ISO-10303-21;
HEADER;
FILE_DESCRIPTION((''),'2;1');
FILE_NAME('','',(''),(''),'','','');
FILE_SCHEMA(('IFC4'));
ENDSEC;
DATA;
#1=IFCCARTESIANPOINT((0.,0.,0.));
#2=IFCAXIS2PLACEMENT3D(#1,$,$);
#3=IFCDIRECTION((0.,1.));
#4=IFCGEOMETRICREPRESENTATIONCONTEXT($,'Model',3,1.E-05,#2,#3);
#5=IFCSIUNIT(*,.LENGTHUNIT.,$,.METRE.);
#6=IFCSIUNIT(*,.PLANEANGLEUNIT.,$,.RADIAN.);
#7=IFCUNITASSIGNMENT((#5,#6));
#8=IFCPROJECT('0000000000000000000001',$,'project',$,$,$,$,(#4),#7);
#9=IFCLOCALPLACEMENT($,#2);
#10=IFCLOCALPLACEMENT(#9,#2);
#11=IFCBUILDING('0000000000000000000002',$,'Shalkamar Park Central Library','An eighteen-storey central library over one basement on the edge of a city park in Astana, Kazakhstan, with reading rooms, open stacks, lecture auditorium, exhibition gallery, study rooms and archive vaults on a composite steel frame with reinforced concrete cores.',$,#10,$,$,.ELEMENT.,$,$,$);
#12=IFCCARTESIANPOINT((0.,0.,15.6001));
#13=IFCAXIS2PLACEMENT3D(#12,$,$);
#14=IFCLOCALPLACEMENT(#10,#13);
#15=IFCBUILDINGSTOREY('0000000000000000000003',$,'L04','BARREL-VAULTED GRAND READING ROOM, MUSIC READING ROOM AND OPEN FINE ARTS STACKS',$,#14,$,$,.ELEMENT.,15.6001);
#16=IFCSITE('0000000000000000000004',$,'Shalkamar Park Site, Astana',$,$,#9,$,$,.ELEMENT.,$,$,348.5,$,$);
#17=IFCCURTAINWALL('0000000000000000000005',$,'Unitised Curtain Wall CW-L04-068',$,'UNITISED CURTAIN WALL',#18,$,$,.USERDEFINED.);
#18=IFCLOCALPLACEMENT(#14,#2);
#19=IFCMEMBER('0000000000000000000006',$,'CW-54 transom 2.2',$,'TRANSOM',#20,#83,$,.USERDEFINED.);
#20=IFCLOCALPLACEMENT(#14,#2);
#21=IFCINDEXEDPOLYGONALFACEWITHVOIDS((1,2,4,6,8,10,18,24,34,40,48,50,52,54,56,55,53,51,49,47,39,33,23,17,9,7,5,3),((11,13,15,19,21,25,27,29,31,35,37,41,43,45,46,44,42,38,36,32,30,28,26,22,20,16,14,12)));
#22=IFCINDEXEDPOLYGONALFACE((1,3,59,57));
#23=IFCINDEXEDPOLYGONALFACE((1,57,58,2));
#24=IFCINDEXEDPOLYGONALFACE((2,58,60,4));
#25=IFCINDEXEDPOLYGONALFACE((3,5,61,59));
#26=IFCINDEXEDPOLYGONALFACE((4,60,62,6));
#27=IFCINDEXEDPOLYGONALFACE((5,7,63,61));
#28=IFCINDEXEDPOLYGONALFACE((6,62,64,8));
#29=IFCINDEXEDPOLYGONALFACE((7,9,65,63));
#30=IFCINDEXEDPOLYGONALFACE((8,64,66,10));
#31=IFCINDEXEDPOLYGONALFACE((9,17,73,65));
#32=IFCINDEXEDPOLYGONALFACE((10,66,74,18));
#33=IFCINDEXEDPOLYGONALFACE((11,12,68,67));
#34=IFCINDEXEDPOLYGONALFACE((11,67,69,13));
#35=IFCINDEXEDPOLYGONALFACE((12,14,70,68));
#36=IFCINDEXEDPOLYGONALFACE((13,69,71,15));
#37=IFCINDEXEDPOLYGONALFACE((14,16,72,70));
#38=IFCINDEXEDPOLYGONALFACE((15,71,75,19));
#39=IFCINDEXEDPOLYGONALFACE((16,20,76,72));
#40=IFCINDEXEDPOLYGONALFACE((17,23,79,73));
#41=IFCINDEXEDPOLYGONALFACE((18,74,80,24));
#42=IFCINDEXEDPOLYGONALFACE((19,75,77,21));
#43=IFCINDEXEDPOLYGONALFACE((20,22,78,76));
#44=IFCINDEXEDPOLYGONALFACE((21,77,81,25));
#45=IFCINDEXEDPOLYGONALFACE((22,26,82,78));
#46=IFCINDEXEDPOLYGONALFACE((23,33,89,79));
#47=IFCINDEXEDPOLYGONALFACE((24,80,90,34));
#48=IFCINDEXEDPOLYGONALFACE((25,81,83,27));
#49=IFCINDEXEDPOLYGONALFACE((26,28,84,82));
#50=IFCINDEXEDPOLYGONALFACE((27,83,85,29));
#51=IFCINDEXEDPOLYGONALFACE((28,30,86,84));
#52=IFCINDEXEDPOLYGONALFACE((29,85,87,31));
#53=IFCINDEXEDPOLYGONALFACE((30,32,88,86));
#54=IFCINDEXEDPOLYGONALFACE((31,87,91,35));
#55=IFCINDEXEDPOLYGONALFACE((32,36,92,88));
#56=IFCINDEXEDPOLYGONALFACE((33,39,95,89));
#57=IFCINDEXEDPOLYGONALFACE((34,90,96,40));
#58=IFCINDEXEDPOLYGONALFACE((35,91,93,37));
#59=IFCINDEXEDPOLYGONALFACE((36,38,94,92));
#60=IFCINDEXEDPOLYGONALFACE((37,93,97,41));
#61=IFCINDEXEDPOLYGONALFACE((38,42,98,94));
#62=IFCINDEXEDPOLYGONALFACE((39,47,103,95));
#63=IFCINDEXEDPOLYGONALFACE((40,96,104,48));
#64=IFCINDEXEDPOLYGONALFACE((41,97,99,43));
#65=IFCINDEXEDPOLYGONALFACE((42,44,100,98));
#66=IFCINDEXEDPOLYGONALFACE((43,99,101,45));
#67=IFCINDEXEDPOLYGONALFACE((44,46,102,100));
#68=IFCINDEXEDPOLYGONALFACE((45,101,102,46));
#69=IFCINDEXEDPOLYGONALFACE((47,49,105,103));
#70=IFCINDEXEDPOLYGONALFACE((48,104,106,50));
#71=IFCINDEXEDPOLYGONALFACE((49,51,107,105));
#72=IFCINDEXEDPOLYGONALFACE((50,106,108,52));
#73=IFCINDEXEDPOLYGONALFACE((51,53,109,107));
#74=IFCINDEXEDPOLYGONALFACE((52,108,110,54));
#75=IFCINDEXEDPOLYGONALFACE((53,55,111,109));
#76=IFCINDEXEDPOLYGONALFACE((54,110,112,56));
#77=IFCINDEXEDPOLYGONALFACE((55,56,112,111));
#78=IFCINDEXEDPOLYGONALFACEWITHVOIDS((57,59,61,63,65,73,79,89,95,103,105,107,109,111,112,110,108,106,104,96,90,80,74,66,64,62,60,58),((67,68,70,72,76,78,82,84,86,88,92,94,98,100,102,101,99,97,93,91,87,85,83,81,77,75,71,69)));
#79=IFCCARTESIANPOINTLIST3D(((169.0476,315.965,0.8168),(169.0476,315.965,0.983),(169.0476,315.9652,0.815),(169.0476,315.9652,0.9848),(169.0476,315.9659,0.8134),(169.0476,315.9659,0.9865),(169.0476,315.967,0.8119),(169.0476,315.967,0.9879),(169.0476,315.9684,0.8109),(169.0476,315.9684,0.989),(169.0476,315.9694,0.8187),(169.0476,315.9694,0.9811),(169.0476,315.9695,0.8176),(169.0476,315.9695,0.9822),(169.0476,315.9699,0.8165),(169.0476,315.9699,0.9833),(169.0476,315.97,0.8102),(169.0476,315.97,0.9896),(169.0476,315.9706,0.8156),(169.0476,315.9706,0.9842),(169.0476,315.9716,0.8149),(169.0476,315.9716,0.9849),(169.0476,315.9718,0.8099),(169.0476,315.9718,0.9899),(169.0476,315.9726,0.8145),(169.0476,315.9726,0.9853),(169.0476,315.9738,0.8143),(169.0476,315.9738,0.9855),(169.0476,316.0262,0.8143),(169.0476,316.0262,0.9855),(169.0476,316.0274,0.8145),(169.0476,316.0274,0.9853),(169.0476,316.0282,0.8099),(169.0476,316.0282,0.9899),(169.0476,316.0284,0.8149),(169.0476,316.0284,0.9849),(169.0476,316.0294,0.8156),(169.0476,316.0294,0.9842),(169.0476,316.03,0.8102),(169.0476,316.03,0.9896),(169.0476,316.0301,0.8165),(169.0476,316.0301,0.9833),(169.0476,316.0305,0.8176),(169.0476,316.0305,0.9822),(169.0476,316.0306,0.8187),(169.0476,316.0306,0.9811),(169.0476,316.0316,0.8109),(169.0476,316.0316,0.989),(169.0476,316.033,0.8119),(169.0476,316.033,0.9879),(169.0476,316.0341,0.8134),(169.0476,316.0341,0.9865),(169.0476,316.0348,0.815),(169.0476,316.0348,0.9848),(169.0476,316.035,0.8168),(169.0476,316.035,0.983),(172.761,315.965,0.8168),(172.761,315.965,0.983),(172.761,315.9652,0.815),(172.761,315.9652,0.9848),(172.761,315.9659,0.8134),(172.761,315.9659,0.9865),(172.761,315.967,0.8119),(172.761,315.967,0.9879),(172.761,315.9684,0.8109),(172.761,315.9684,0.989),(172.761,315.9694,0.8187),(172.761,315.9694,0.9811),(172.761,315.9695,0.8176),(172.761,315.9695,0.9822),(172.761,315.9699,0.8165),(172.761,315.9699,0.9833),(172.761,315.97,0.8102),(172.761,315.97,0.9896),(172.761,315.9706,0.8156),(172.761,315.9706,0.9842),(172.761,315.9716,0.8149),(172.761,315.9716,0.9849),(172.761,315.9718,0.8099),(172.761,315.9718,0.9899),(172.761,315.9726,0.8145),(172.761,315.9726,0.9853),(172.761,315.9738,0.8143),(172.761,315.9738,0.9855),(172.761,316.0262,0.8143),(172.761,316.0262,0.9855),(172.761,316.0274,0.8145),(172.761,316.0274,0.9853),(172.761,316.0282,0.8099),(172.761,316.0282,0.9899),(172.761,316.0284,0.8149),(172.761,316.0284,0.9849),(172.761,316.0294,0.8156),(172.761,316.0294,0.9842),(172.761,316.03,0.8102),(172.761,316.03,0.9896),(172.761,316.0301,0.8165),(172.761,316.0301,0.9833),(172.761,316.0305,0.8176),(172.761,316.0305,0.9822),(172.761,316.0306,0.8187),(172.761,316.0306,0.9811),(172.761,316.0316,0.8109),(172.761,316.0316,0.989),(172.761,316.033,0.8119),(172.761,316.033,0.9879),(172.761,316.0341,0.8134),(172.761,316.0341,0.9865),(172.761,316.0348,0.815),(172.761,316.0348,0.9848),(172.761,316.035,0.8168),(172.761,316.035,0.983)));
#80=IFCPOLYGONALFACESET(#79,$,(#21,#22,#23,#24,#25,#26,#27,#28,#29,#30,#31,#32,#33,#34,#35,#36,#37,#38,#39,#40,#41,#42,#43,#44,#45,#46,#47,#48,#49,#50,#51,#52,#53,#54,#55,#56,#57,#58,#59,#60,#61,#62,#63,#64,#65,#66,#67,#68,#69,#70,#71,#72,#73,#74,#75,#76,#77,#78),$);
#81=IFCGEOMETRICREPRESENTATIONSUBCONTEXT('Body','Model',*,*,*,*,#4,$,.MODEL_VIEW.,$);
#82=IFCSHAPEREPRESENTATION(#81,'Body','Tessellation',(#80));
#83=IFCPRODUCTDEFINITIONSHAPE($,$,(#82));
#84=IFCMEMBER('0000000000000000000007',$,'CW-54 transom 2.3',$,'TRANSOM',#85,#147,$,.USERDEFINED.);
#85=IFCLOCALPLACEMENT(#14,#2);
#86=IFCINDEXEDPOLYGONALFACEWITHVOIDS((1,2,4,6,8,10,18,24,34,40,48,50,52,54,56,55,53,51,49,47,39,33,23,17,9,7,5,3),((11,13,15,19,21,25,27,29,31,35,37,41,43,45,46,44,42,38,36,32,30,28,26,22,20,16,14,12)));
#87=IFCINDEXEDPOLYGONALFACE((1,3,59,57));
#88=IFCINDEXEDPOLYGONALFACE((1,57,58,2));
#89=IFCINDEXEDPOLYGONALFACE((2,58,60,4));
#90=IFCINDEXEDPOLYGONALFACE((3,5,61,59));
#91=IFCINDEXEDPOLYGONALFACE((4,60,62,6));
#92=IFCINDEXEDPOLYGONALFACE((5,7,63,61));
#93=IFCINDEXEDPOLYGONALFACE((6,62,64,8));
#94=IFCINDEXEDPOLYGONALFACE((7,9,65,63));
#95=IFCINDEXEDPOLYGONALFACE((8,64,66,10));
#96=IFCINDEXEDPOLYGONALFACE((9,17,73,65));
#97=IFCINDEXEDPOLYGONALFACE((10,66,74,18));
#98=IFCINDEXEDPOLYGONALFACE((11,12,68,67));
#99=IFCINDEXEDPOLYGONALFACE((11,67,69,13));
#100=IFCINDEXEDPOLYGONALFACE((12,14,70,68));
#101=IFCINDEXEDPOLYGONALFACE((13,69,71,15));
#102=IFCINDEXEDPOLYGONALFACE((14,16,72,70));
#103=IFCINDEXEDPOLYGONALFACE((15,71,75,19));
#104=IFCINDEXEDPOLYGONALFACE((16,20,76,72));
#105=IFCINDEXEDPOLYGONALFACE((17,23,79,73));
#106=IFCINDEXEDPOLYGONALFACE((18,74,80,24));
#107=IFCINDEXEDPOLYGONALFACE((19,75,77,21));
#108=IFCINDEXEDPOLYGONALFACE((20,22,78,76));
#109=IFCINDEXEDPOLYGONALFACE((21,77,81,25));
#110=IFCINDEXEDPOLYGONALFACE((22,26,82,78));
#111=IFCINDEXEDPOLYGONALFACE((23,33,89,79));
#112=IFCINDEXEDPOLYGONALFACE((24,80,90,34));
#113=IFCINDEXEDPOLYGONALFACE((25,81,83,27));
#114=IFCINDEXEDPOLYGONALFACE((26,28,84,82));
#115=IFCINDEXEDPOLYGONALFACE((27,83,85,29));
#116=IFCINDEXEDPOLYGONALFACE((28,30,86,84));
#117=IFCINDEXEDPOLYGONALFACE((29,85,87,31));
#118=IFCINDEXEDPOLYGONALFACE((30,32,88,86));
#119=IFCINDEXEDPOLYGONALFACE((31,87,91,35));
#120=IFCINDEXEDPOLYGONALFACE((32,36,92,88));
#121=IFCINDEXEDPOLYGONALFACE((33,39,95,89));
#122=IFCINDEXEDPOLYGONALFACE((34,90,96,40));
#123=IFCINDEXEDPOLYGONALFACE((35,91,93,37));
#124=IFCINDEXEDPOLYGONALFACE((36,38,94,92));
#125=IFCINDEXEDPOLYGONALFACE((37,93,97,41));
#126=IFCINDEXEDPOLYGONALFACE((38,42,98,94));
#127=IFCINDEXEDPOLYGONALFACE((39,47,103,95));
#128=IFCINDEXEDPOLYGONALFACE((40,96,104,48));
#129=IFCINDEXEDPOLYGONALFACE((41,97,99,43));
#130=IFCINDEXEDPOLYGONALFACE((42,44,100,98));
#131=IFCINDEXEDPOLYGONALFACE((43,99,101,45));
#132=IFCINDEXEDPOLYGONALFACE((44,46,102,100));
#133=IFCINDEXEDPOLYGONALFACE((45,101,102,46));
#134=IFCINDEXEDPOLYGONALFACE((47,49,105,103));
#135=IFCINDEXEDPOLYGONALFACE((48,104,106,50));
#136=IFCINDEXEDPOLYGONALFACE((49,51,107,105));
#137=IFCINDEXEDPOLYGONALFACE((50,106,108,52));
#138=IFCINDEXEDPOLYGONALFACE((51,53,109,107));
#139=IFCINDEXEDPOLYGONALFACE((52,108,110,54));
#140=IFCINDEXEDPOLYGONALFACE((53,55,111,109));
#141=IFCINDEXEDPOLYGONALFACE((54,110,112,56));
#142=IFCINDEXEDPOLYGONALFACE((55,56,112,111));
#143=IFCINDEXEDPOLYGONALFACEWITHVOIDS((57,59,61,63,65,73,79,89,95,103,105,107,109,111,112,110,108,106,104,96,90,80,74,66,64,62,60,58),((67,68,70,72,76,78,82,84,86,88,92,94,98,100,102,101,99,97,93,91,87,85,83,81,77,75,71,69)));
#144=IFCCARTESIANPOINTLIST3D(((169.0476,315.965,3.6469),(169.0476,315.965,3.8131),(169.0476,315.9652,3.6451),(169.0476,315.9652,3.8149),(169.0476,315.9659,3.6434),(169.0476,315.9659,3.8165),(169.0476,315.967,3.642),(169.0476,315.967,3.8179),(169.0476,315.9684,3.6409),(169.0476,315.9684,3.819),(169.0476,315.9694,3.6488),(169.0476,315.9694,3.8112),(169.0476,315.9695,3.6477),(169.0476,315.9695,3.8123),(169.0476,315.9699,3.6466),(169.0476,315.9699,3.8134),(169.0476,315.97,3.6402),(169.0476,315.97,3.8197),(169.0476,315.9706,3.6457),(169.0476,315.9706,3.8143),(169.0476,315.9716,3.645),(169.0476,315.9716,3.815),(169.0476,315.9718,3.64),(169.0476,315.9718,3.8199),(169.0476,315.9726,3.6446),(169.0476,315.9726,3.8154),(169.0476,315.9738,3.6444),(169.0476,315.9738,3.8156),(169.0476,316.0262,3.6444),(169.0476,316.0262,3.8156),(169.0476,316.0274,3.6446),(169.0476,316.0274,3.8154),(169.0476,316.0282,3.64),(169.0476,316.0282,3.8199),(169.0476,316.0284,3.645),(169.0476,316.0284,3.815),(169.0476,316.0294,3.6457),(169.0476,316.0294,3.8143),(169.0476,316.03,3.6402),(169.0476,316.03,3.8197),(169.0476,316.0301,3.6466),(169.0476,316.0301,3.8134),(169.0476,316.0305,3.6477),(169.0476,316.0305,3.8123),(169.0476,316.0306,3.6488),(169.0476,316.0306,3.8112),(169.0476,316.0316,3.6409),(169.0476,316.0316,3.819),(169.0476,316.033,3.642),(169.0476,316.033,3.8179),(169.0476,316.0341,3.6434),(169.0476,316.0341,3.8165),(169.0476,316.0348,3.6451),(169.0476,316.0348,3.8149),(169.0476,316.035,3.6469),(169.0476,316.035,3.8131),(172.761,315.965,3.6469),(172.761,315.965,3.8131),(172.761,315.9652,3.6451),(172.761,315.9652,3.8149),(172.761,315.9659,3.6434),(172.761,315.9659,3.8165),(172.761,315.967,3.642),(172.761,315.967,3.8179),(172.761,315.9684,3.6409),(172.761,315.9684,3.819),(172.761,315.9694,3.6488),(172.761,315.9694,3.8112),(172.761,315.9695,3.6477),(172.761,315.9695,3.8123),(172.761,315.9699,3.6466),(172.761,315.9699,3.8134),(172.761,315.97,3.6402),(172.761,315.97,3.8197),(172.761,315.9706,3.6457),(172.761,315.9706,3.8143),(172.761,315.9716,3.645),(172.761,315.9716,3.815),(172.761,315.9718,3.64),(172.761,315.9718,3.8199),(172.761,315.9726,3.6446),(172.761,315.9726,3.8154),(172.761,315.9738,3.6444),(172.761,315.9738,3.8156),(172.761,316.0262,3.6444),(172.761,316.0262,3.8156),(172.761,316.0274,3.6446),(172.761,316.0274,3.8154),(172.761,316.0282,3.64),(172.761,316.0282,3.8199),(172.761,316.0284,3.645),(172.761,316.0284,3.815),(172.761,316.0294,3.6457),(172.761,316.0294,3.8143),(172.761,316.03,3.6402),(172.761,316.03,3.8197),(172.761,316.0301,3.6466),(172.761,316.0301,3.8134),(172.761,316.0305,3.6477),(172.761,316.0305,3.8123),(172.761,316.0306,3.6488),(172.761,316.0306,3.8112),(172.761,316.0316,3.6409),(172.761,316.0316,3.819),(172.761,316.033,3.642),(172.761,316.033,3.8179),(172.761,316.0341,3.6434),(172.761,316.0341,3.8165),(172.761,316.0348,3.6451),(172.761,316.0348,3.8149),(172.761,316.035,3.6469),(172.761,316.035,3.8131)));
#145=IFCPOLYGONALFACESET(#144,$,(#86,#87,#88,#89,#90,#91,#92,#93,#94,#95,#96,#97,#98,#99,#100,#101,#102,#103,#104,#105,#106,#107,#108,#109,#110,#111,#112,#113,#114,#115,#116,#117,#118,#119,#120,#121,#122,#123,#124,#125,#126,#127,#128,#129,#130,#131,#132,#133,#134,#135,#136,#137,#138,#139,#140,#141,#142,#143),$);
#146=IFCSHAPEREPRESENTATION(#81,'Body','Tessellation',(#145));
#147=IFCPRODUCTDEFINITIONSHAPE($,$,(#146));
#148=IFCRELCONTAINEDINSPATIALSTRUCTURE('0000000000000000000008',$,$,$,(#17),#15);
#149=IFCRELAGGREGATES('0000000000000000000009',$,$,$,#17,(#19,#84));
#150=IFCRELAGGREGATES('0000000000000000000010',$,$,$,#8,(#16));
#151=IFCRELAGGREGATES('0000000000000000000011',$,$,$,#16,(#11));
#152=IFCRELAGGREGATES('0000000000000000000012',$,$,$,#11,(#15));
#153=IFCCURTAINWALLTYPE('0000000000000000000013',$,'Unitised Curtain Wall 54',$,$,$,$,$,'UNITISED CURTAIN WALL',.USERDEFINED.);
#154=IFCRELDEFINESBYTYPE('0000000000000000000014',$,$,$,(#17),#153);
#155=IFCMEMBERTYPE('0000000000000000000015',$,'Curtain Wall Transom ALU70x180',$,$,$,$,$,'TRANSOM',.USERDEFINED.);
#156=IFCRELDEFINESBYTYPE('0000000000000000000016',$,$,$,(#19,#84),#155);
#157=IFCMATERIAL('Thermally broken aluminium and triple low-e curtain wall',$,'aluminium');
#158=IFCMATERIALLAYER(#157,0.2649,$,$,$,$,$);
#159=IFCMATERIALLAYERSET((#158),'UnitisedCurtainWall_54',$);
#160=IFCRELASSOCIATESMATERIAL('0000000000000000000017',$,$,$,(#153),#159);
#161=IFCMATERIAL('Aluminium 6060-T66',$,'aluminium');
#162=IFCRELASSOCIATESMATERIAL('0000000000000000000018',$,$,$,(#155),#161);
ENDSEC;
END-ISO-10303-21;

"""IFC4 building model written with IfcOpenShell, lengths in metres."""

from ifc_helpers import new_model, si_unit, direction, frame, origin, origin_2d, place, context, subcontext, project, spatial, hollow_rectangle, extrude, material, layer, layer_set, material_profile, profile_set, type_object, element, aggregate, save


model = new_model("IFC4")

# Units and contexts
model_context = context("Model", 3, precision=1e-05, world=origin(), true_north=direction((0.0, 1.0)))
body_context = subcontext(model_context, "Body", "Model", "MODEL_VIEW")
ifc_project = project(units=[si_unit("LENGTHUNIT", "METRE"), si_unit("PLANEANGLEUNIT", "RADIAN")], contexts=[model_context])

# Site, building, storey
site_placement = place(None, origin())
site = spatial("IfcSite", under=ifc_project, at=site_placement, Name="Shalkamar Park Site, Astana", CompositionType="ELEMENT", RefElevation=348.5)
building_placement = place(site_placement, origin())
building = spatial("IfcBuilding", under=site, at=building_placement, Name="Shalkamar Park Central Library", Description="An eighteen-storey central library over one basement on the edge of a city park in Astana, Kazakhstan, with reading rooms, open stacks, lecture auditorium, exhibition gallery, study rooms and archive vaults on a composite steel frame with reinforced concrete cores.", CompositionType="ELEMENT")
storey_placement = place(building_placement, frame((0.0, 0.0, 15.6001)))
storey = spatial("IfcBuildingStorey", under=building, at=storey_placement, Name="L04", Description="BARREL-VAULTED GRAND READING ROOM, MUSIC READING ROOM AND OPEN FINE ARTS STACKS", CompositionType="ELEMENT", Elevation=15.6001)

# Curtain wall
ifc_material_1 = material(Name="Thermally broken aluminium and triple low-e curtain wall", Category="aluminium")
ifc_layer_1 = layer(ifc_material_1, 0.2649)
ifc_layer_set_1 = layer_set([ifc_layer_1], Name="UnitisedCurtainWall_54")
curtain_wall_type_1 = type_object("IfcCurtainWallType", Name="Unitised Curtain Wall 54", ElementType="UNITISED CURTAIN WALL", PredefinedType="USERDEFINED", material=ifc_layer_set_1)
curtain_wall_1_placement = place(storey_placement, origin())
curtain_wall_1 = element("IfcCurtainWall", 1, at=curtain_wall_1_placement, inside=storey, type_object=curtain_wall_type_1, Name="Unitised Curtain Wall CW-L04-068", ObjectType="UNITISED CURTAIN WALL", PredefinedType="USERDEFINED")
ifc_material_2 = material(Name="Aluminium 6060-T66", Category="aluminium")

# Members
ifc_material_profile_1 = material_profile(ifc_material_2, hollow_rectangle(XDim=0.0701, YDim=0.1799, WallThickness=0.0044, InnerFilletRadius=0.0044, OuterFilletRadius=0.0068, at=origin_2d()), Name="ALU 70x180x4.5")
ifc_profile_set_1 = profile_set([ifc_material_profile_1], Name="Aluminium 6060-T66")
member_type_1 = type_object("IfcMemberType", Name="Curtain Wall Transom ALU70x180", ElementType="TRANSOM", PredefinedType="USERDEFINED", material=ifc_profile_set_1)
member_1_placement = place(storey_placement, frame((169.0476, 316.0, 0.8999), z_axis=(1.0, 0.0, 0.0), x_axis=(0.0, 1.0, 0.0)))
member_1 = element("IfcMember", 2, at=member_1_placement, type_object=member_type_1, Name="CW-54 transom 2.2", ObjectType="TRANSOM", PredefinedType="USERDEFINED", context=body_context, shape_type="SweptSolid", body=[
    extrude(hollow_rectangle(XDim=0.0701, YDim=0.1799, WallThickness=0.0044, InnerFilletRadius=0.0044, OuterFilletRadius=0.0068, at=origin_2d()), origin(), (0.0, 0.0, 1.0), 3.7134),
])
member_2_placement = place(storey_placement, frame((169.0476, 316.0, 3.73), z_axis=(1.0, 0.0, 0.0), x_axis=(0.0, 1.0, 0.0)))
member_2 = element("IfcMember", 3, at=member_2_placement, type_object=member_type_1, Name="CW-54 transom 2.3", ObjectType="TRANSOM", PredefinedType="USERDEFINED", context=body_context, shape_type="SweptSolid", body=[
    extrude(hollow_rectangle(XDim=0.0701, YDim=0.1799, WallThickness=0.0044, InnerFilletRadius=0.0044, OuterFilletRadius=0.0068, at=origin_2d()), origin(), (0.0, 0.0, 1.0), 3.7134),
])

aggregate(curtain_wall_1, [member_1, member_2])

save(model, "model.ifc")
